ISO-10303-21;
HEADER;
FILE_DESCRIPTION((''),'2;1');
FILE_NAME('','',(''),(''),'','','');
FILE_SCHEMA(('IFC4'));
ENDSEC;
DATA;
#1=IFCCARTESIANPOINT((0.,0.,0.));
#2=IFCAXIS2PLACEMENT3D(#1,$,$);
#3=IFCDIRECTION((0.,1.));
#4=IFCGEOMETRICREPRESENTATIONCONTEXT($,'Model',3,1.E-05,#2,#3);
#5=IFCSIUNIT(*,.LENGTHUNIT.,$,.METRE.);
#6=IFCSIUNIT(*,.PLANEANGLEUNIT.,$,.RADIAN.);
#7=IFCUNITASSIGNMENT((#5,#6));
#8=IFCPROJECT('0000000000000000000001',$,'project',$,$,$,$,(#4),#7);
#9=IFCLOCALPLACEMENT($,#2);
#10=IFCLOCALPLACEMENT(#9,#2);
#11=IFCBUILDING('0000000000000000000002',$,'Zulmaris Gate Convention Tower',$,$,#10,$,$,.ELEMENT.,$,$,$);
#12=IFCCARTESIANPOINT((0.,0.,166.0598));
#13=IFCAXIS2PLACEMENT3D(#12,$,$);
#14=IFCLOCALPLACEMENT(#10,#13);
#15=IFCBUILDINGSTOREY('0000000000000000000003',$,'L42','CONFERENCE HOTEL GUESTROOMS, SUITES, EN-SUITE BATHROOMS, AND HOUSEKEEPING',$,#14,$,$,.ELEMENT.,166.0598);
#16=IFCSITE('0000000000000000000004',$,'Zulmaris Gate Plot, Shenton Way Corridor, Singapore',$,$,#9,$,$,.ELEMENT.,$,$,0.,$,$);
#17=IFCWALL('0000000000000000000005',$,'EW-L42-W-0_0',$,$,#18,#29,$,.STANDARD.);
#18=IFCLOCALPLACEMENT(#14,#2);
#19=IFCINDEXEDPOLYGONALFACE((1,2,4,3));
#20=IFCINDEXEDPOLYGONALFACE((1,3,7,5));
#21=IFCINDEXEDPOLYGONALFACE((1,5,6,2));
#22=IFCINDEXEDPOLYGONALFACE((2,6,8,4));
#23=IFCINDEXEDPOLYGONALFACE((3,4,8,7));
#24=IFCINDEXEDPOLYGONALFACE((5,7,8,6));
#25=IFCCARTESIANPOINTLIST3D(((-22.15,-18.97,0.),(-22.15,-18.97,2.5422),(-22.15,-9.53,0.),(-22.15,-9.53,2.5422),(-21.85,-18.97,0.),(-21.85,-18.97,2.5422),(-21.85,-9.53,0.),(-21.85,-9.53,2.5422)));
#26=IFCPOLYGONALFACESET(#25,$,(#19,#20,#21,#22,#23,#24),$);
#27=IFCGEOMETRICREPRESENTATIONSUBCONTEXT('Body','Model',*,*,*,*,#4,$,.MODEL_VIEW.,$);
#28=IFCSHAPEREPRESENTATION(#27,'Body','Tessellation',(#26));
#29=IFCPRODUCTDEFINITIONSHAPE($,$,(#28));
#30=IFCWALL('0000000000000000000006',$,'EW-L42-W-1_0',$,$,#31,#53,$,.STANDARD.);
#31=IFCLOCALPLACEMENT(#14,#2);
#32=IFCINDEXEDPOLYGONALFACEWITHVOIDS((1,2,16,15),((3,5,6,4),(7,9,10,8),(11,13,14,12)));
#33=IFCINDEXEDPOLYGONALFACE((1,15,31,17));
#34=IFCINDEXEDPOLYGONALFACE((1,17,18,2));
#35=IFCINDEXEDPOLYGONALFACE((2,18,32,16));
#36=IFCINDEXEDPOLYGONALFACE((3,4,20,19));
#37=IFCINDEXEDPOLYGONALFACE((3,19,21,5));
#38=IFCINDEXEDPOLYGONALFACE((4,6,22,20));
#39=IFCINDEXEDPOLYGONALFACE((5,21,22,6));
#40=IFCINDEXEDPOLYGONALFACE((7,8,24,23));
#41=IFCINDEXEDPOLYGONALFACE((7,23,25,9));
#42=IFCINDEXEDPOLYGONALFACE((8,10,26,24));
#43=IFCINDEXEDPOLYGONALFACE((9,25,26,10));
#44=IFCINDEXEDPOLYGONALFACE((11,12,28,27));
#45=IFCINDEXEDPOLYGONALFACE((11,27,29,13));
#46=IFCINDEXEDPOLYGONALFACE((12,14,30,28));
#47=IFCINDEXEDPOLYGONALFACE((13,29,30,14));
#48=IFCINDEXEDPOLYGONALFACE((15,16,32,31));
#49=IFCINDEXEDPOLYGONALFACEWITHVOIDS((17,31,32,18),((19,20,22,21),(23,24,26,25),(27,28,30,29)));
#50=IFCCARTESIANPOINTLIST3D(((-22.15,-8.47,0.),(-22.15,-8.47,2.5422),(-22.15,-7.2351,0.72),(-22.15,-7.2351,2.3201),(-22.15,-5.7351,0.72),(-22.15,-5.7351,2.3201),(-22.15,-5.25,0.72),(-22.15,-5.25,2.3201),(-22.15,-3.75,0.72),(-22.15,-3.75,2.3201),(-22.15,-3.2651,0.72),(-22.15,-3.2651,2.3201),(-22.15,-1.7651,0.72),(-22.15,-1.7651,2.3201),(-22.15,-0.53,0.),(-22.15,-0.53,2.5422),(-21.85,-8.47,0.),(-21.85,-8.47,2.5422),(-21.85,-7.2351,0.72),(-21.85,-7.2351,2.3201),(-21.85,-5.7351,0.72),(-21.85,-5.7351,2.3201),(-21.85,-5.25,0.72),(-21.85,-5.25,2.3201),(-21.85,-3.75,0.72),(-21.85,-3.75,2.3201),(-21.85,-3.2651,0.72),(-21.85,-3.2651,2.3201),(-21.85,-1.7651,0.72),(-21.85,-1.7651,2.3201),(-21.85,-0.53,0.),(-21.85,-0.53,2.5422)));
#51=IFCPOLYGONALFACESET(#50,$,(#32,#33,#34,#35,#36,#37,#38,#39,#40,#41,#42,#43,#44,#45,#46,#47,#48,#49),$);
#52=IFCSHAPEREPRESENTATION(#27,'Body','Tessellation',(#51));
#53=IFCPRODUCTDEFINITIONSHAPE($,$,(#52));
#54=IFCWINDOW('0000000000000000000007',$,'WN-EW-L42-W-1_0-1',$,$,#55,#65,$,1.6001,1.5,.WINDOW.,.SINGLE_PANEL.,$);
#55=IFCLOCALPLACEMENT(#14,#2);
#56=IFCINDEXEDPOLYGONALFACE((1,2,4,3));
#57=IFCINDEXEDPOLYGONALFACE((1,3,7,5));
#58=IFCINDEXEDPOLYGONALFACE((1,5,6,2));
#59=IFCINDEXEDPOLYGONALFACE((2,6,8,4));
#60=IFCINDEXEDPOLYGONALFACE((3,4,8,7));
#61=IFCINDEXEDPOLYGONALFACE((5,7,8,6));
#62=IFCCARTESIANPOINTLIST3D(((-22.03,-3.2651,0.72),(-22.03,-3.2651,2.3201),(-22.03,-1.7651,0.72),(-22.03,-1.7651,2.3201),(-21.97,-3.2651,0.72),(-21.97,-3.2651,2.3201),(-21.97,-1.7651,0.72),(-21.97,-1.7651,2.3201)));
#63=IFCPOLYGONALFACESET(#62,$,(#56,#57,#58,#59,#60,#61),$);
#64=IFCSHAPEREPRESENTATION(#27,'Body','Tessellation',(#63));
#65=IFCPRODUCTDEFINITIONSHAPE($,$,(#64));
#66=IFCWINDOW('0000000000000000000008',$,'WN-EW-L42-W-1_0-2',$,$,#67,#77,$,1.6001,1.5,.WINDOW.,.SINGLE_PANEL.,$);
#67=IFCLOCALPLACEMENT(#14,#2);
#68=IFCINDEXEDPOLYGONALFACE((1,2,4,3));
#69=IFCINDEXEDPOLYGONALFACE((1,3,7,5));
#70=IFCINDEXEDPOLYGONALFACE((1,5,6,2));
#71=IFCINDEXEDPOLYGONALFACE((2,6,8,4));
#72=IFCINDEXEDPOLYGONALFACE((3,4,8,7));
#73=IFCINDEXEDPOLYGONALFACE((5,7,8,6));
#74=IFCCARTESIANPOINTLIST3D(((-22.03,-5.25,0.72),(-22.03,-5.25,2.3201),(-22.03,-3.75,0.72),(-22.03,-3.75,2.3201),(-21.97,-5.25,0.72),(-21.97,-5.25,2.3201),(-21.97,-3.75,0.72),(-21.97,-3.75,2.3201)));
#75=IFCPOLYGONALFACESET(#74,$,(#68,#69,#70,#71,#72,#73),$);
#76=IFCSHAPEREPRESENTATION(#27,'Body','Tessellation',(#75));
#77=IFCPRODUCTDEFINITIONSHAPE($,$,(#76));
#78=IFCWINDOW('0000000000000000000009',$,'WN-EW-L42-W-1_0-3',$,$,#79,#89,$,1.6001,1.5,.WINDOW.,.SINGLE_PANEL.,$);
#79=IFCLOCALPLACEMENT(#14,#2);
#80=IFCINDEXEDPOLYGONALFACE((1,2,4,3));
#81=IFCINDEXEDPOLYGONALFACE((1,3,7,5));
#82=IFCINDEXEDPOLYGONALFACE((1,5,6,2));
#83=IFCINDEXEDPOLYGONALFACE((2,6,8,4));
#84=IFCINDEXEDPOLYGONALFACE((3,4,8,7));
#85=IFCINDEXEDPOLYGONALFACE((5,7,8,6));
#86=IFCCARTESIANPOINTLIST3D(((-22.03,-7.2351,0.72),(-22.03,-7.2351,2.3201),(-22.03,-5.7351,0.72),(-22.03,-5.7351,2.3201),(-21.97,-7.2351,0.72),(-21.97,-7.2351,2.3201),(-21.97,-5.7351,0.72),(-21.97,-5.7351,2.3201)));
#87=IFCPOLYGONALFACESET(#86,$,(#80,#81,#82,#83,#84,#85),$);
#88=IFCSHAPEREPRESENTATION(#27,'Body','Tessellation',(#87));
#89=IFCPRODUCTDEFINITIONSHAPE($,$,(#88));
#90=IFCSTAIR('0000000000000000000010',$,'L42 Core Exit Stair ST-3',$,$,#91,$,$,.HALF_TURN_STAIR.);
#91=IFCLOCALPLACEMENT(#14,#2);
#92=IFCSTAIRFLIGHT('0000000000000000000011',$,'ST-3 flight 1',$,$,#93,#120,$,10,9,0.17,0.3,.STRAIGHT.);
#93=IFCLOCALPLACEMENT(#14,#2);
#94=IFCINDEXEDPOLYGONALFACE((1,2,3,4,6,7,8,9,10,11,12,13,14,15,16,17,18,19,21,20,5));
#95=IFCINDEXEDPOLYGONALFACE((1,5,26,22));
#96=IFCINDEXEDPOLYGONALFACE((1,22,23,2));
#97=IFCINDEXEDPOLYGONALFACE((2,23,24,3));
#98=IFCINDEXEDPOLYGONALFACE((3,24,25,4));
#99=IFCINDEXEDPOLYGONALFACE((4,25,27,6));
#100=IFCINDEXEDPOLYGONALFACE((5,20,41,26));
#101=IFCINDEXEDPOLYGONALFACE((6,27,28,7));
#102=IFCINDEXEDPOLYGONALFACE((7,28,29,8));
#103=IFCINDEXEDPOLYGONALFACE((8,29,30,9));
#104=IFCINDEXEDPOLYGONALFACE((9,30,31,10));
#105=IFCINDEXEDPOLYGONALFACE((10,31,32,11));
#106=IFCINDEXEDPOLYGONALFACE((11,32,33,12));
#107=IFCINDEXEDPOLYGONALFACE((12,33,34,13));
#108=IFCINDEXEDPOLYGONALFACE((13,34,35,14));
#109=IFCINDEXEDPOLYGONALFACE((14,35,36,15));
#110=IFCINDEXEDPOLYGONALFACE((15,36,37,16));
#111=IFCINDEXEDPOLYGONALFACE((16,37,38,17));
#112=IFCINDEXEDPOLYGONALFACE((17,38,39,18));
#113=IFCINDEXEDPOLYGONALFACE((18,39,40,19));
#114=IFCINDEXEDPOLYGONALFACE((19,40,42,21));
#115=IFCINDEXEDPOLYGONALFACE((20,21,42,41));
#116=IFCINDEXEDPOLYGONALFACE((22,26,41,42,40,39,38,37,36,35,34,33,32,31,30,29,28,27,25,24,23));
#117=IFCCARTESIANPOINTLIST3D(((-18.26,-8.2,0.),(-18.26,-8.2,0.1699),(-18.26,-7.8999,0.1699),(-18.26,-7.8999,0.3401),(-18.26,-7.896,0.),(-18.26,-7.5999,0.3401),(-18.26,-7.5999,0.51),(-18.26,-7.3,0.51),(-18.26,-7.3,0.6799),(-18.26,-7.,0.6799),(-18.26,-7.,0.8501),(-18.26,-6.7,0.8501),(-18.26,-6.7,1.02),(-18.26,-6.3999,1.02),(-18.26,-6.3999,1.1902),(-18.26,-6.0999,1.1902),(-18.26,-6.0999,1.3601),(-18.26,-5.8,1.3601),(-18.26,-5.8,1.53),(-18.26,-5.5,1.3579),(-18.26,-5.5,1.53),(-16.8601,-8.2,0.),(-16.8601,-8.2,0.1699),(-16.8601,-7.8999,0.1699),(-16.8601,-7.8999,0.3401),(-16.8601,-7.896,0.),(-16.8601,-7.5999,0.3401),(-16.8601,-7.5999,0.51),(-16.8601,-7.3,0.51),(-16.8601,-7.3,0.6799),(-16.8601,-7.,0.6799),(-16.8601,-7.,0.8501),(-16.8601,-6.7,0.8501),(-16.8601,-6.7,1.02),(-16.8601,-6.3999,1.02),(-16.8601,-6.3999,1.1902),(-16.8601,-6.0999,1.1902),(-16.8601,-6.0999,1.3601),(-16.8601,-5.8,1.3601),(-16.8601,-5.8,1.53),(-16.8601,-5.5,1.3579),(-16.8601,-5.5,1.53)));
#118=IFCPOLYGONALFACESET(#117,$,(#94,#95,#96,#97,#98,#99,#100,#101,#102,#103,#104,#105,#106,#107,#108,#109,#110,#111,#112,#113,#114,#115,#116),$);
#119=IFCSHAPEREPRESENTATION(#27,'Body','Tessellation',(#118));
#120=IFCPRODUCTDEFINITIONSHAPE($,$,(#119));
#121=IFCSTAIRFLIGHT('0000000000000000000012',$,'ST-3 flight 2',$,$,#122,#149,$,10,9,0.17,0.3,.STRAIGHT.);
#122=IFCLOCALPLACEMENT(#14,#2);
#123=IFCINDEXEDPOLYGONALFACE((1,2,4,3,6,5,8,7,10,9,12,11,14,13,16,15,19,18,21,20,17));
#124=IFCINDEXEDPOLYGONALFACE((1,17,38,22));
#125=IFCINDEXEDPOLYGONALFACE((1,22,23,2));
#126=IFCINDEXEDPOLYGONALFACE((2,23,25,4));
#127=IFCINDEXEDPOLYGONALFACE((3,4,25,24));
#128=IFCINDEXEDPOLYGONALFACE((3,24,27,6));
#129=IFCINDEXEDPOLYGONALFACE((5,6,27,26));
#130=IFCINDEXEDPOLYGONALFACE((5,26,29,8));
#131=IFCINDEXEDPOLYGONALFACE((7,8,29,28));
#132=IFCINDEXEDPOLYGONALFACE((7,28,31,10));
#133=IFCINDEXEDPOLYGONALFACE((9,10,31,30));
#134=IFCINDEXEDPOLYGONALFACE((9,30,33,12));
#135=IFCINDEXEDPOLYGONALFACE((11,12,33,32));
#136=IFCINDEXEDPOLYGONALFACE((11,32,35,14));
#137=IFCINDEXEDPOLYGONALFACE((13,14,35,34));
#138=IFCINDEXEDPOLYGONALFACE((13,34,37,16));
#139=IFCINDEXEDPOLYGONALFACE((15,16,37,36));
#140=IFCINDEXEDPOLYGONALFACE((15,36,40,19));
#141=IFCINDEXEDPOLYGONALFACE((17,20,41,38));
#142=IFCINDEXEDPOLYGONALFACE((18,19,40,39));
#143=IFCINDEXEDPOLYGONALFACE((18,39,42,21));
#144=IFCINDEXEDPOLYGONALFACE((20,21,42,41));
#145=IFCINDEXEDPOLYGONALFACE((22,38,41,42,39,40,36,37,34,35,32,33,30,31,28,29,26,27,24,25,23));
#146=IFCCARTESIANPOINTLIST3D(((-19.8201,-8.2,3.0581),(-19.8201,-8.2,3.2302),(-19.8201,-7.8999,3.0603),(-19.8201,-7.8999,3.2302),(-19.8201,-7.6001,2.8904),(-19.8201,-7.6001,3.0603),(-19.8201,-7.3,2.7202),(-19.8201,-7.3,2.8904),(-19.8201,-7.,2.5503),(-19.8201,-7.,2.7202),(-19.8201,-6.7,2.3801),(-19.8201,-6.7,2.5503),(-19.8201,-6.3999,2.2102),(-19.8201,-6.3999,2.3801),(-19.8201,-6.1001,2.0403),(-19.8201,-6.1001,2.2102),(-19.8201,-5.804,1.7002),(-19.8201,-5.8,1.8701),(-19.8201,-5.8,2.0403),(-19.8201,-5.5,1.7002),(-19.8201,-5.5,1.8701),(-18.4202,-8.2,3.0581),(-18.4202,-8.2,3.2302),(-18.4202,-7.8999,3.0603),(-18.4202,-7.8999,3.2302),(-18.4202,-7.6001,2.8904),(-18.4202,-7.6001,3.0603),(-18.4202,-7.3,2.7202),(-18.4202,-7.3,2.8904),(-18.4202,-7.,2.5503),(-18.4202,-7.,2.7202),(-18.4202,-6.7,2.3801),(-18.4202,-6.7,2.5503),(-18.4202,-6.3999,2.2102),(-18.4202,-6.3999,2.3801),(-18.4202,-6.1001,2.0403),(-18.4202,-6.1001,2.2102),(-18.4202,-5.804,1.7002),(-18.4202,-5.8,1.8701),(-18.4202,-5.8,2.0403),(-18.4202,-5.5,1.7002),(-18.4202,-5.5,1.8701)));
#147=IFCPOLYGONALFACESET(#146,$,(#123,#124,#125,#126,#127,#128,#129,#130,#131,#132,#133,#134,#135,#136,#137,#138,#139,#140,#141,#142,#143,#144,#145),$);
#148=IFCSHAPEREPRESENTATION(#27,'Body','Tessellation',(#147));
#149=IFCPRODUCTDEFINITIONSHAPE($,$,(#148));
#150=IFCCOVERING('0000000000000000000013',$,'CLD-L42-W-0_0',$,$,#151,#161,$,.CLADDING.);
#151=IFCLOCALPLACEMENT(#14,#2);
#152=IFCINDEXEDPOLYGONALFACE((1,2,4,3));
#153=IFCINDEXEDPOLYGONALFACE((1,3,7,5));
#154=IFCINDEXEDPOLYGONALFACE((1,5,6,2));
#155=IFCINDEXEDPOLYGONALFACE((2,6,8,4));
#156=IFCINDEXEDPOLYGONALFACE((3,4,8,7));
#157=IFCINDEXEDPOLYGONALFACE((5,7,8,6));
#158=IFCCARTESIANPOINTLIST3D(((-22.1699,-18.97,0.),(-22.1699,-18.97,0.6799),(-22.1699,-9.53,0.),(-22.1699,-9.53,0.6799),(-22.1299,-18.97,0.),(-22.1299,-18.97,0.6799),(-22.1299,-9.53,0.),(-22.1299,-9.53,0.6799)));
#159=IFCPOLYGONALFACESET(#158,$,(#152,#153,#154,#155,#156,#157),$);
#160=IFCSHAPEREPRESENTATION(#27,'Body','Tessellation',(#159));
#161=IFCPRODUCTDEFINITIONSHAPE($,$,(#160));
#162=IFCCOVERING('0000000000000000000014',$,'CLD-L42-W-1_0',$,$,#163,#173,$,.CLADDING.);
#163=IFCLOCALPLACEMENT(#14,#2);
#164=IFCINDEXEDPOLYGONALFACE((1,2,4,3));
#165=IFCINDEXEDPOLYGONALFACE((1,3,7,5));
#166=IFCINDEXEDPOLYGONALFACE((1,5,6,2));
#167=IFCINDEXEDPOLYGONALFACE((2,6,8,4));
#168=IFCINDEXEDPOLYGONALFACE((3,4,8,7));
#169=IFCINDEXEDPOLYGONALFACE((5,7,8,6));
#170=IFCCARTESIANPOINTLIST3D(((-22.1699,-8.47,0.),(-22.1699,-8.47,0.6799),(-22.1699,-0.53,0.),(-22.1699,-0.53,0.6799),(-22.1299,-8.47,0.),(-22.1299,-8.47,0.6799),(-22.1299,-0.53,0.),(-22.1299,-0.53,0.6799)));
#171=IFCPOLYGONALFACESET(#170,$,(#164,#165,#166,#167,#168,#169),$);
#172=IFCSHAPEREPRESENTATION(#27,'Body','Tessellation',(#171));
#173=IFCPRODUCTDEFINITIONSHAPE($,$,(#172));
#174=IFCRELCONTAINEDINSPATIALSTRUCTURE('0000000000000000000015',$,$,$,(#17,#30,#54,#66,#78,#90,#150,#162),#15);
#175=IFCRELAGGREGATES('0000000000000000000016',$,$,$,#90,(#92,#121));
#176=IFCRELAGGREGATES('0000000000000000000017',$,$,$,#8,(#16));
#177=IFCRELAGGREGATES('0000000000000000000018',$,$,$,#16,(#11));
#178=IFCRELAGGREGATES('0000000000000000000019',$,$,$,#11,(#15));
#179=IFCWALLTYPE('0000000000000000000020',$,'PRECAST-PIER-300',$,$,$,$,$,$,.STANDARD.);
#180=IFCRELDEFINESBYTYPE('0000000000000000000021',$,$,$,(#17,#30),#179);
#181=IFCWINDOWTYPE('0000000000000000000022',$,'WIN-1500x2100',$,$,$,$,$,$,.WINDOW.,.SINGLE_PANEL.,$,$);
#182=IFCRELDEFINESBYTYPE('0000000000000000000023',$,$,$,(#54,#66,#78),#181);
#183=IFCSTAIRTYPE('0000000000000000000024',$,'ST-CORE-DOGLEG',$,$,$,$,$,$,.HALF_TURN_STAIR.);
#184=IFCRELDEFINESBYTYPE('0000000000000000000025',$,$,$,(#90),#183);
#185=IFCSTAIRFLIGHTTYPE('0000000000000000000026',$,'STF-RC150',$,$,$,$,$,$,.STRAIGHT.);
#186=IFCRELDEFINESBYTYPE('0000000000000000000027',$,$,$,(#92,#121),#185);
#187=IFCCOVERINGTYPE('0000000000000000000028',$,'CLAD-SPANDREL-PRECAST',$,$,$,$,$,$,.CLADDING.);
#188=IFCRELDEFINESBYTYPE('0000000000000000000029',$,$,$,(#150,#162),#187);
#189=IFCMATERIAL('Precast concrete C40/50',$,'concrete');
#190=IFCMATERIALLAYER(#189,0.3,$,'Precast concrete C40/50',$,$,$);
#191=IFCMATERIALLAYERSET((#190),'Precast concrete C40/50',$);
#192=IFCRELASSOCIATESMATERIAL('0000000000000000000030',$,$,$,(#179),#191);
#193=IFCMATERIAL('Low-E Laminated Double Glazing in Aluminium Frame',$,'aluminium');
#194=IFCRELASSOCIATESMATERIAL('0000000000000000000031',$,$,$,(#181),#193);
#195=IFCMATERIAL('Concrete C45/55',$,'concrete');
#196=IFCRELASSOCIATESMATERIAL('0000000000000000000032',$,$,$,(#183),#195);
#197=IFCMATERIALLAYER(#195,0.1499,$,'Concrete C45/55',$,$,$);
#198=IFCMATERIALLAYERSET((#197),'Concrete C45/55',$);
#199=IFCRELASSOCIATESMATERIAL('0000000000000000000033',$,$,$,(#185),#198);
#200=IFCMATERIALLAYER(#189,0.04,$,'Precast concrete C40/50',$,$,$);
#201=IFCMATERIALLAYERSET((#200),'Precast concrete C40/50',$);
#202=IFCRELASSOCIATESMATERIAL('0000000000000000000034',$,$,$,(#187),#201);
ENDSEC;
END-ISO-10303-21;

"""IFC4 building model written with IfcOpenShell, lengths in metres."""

from ifc_helpers import new_model, si_unit, direction, frame, frame_2d, origin, place, context, subcontext, project, spatial, polyline, rectangle, outline, extrude, material, layer, layer_set, type_object, element, fill, aggregate, save


model = new_model("IFC4")

# Units and contexts
model_context = context("Model", 3, precision=1e-05, world=origin(), true_north=direction((0.0, 1.0)))
body_context = subcontext(model_context, "Body", "Model", "MODEL_VIEW")
ifc_project = project(units=[si_unit("LENGTHUNIT", "METRE"), si_unit("PLANEANGLEUNIT", "RADIAN")], contexts=[model_context])

# Site, building, storey
site_placement = place(None, origin())
site = spatial("IfcSite", under=ifc_project, at=site_placement, Name="Zulmaris Gate Plot, Shenton Way Corridor, Singapore", CompositionType="ELEMENT", RefElevation=0.0)
building_placement = place(site_placement, origin())
building = spatial("IfcBuilding", under=site, at=building_placement, Name="Zulmaris Gate Convention Tower", CompositionType="ELEMENT")
storey_placement = place(building_placement, frame((0.0, 0.0, 166.0598)))
storey = spatial("IfcBuildingStorey", under=building, at=storey_placement, Name="L42", Description="CONFERENCE HOTEL GUESTROOMS, SUITES, EN-SUITE BATHROOMS, AND HOUSEKEEPING", CompositionType="ELEMENT", Elevation=166.0598)

# Wall
ifc_material_1 = material(Name="Precast concrete C40/50", Category="concrete")
ifc_layer_1 = layer(ifc_material_1, 0.3, Name="Precast concrete C40/50")
ifc_layer_set_1 = layer_set([ifc_layer_1], Name="Precast concrete C40/50")
wall_type_1 = type_object("IfcWallType", Name="PRECAST-PIER-300", PredefinedType="STANDARD", material=ifc_layer_set_1)
wall_1_placement = place(storey_placement, frame((-22.0, -9.53, 0.0), z_axis=(0.0, 0.0, 1.0), x_axis=(0.0, -1.0, 0.0)))
element("IfcWall", 1, at=wall_1_placement, inside=storey, type_object=wall_type_1, Name="EW-L42-W-0_0", PredefinedType="STANDARD", context=body_context, shape_type="SweptSolid", body=[
    extrude(rectangle(XDim=9.4399, YDim=0.3, at=frame_2d((4.72, 0.0))), origin(), (0.0, 0.0, 1.0), 2.5422),
])

# Wall, openings, windows
wall_2_placement = place(storey_placement, frame((-22.0, -0.53, 0.0), z_axis=(0.0, 0.0, 1.0), x_axis=(0.0, -1.0, 0.0)))
wall_2 = element("IfcWall", 2, at=wall_2_placement, inside=storey, type_object=wall_type_1, Name="EW-L42-W-1_0", PredefinedType="STANDARD", context=body_context, shape_type="SweptSolid", body=[
    extrude(rectangle(XDim=7.9399, YDim=0.3, at=frame_2d((3.97, 0.0))), origin(), (0.0, 0.0, 1.0), 2.5422),
])
opening_1_placement = place(wall_2_placement, frame((1.2351, 0.0, 0.72)))
opening_1 = element("IfcOpeningElement", 3, at=opening_1_placement, cuts=wall_2, PredefinedType="OPENING", context=body_context, shape_type="SweptSolid", body=[
    extrude(rectangle(XDim=1.5, YDim=1.6001, at=frame_2d((0.75, 0.8))), frame((0.0, 0.1602, 0.0), z_axis=(0.0, -1.0, 0.0), x_axis=(1.0, 0.0, 0.0)), (0.0, 0.0, 1.0), 0.3201),
])
opening_2_placement = place(wall_2_placement, frame((3.22, 0.0, 0.72)))
opening_2 = element("IfcOpeningElement", 4, at=opening_2_placement, cuts=wall_2, PredefinedType="OPENING", context=body_context, shape_type="SweptSolid", body=[
    extrude(rectangle(XDim=1.5, YDim=1.6001, at=frame_2d((0.75, 0.8))), frame((0.0, 0.1602, 0.0), z_axis=(0.0, -1.0, 0.0), x_axis=(1.0, 0.0, 0.0)), (0.0, 0.0, 1.0), 0.3201),
])
opening_3_placement = place(wall_2_placement, frame((5.2051, 0.0, 0.72)))
opening_3 = element("IfcOpeningElement", 5, at=opening_3_placement, cuts=wall_2, PredefinedType="OPENING", context=body_context, shape_type="SweptSolid", body=[
    extrude(rectangle(XDim=1.5, YDim=1.6001, at=frame_2d((0.75, 0.8))), frame((0.0, 0.1602, 0.0), z_axis=(0.0, -1.0, 0.0), x_axis=(1.0, 0.0, 0.0)), (0.0, 0.0, 1.0), 0.3201),
])
ifc_material_2 = material(Name="Low-E Laminated Double Glazing in Aluminium Frame", Category="aluminium")
window_type = type_object("IfcWindowType", Name="WIN-1500x2100", PartitioningType="SINGLE_PANEL", PredefinedType="WINDOW", material=ifc_material_2)
window_1_placement = place(opening_1_placement, origin())
window_1 = element("IfcWindow", 6, at=window_1_placement, inside=storey, type_object=window_type, Name="WN-EW-L42-W-1_0-1", OverallHeight=1.6001, OverallWidth=1.5, PartitioningType="SINGLE_PANEL", PredefinedType="WINDOW", context=body_context, shape_type="SweptSolid", body=[
    extrude(rectangle(XDim=1.5, YDim=1.6001, at=frame_2d((0.75, 0.8))), frame((0.0, 0.03, 0.0), z_axis=(0.0, -1.0, 0.0), x_axis=(1.0, 0.0, 0.0)), (0.0, 0.0, 1.0), 0.0601),
])
fill(opening_1, window_1)
window_2_placement = place(opening_2_placement, origin())
window_2 = element("IfcWindow", 7, at=window_2_placement, inside=storey, type_object=window_type, Name="WN-EW-L42-W-1_0-2", OverallHeight=1.6001, OverallWidth=1.5, PartitioningType="SINGLE_PANEL", PredefinedType="WINDOW", context=body_context, shape_type="SweptSolid", body=[
    extrude(rectangle(XDim=1.5, YDim=1.6001, at=frame_2d((0.75, 0.8))), frame((0.0, 0.03, 0.0), z_axis=(0.0, -1.0, 0.0), x_axis=(1.0, 0.0, 0.0)), (0.0, 0.0, 1.0), 0.0601),
])
fill(opening_2, window_2)
window_3_placement = place(opening_3_placement, origin())
window_3 = element("IfcWindow", 8, at=window_3_placement, inside=storey, type_object=window_type, Name="WN-EW-L42-W-1_0-3", OverallHeight=1.6001, OverallWidth=1.5, PartitioningType="SINGLE_PANEL", PredefinedType="WINDOW", context=body_context, shape_type="SweptSolid", body=[
    extrude(rectangle(XDim=1.5, YDim=1.6001, at=frame_2d((0.75, 0.8))), frame((0.0, 0.03, 0.0), z_axis=(0.0, -1.0, 0.0), x_axis=(1.0, 0.0, 0.0)), (0.0, 0.0, 1.0), 0.0601),
])
fill(opening_3, window_3)

# Stair, stair flights
ifc_material_3 = material(Name="Concrete C45/55", Category="concrete")
stair_type = type_object("IfcStairType", Name="ST-CORE-DOGLEG", PredefinedType="HALF_TURN_STAIR", material=ifc_material_3)
stair_placement = place(storey_placement, origin())
stair = element("IfcStair", 9, at=stair_placement, inside=storey, type_object=stair_type, Name="L42 Core Exit Stair ST-3", PredefinedType="HALF_TURN_STAIR")
ifc_layer_2 = layer(ifc_material_3, 0.1499, Name="Concrete C45/55")
ifc_layer_set_2 = layer_set([ifc_layer_2], Name="Concrete C45/55")
stair_flight_type = type_object("IfcStairFlightType", Name="STF-RC150", PredefinedType="STRAIGHT", material=ifc_layer_set_2)
stair_flight_1_placement = place(storey_placement, frame((-17.5601, -8.2, 0.0), z_axis=(0.0, 0.0, 1.0), x_axis=(0.0, 1.0, 0.0)))
stair_flight_1 = element("IfcStairFlight", 10, at=stair_flight_1_placement, type_object=stair_flight_type, Name="ST-3 flight 1", NumberOfRisers=10, NumberOfTreads=9, PredefinedType="STRAIGHT", RiserHeight=0.17, TreadLength=0.3, context=body_context, shape_type="SweptSolid", body=[
    extrude(outline(polyline([(0.0, 0.0), (0.0, 0.1699), (0.3, 0.1699), (0.3, 0.3401), (0.6001, 0.3401), (0.6001, 0.51), (0.8999, 0.51), (0.8999, 0.6799), (1.2, 0.6799), (1.2, 0.8501), (1.5, 0.8501), (1.5, 1.02), (1.8, 1.02), (1.8, 1.1902), (2.1001, 1.1902), (2.1001, 1.3601), (2.3999, 1.3601), (2.3999, 1.53), (2.7, 1.53), (2.7, 1.7002), (2.7, 1.3579), (0.304, 0.0), (0.0, 0.0)])), frame((0.0, 0.7, 0.0), z_axis=(0.0, -1.0, 0.0), x_axis=(1.0, 0.0, 0.0)), (0.0, 0.0, 1.0), 1.3999),
])
stair_flight_2_placement = place(storey_placement, frame((-19.1201, -5.5, 1.7002), z_axis=(0.0, 0.0, 1.0), x_axis=(0.0, -1.0, 0.0)))
stair_flight_2 = element("IfcStairFlight", 11, at=stair_flight_2_placement, type_object=stair_flight_type, Name="ST-3 flight 2", NumberOfRisers=10, NumberOfTreads=9, PredefinedType="STRAIGHT", RiserHeight=0.17, TreadLength=0.3, context=body_context, shape_type="SweptSolid", body=[
    extrude(outline(polyline([(0.0, 0.0), (0.0, 0.1699), (0.3, 0.1699), (0.3, 0.3401), (0.6001, 0.3401), (0.6001, 0.51), (0.8999, 0.51), (0.8999, 0.6799), (1.2, 0.6799), (1.2, 0.8501), (1.5, 0.8501), (1.5, 1.02), (1.8, 1.02), (1.8, 1.1902), (2.1001, 1.1902), (2.1001, 1.3601), (2.3999, 1.3601), (2.3999, 1.53), (2.7, 1.53), (2.7, 1.7002), (2.7, 1.3579), (0.304, 0.0), (0.0, 0.0)])), frame((0.0, 0.7, 0.0), z_axis=(0.0, -1.0, 0.0), x_axis=(1.0, 0.0, 0.0)), (0.0, 0.0, 1.0), 1.3999),
])
aggregate(stair, [stair_flight_1, stair_flight_2])

# Coverings
ifc_layer_3 = layer(ifc_material_1, 0.04, Name="Precast concrete C40/50")
ifc_layer_set_3 = layer_set([ifc_layer_3], Name="Precast concrete C40/50")
covering_type = type_object("IfcCoveringType", Name="CLAD-SPANDREL-PRECAST", PredefinedType="CLADDING", material=ifc_layer_set_3)
covering_1_placement = place(storey_placement, frame((-22.1499, -9.53, 0.0), z_axis=(0.0, 0.0, 1.0), x_axis=(0.0, -1.0, 0.0)))
element("IfcCovering", 12, at=covering_1_placement, inside=storey, type_object=covering_type, Name="CLD-L42-W-0_0", PredefinedType="CLADDING", context=body_context, shape_type="SweptSolid", body=[
    extrude(rectangle(XDim=9.4399, YDim=0.04, at=frame_2d((4.72, 0.0))), origin(), (0.0, 0.0, 1.0), 0.6799),
])
covering_2_placement = place(storey_placement, frame((-22.1499, -0.53, 0.0), z_axis=(0.0, 0.0, 1.0), x_axis=(0.0, -1.0, 0.0)))
element("IfcCovering", 13, at=covering_2_placement, inside=storey, type_object=covering_type, Name="CLD-L42-W-1_0", PredefinedType="CLADDING", context=body_context, shape_type="SweptSolid", body=[
    extrude(rectangle(XDim=7.9399, YDim=0.04, at=frame_2d((3.97, 0.0))), origin(), (0.0, 0.0, 1.0), 0.6799),
])

save(model, "model.ifc")
